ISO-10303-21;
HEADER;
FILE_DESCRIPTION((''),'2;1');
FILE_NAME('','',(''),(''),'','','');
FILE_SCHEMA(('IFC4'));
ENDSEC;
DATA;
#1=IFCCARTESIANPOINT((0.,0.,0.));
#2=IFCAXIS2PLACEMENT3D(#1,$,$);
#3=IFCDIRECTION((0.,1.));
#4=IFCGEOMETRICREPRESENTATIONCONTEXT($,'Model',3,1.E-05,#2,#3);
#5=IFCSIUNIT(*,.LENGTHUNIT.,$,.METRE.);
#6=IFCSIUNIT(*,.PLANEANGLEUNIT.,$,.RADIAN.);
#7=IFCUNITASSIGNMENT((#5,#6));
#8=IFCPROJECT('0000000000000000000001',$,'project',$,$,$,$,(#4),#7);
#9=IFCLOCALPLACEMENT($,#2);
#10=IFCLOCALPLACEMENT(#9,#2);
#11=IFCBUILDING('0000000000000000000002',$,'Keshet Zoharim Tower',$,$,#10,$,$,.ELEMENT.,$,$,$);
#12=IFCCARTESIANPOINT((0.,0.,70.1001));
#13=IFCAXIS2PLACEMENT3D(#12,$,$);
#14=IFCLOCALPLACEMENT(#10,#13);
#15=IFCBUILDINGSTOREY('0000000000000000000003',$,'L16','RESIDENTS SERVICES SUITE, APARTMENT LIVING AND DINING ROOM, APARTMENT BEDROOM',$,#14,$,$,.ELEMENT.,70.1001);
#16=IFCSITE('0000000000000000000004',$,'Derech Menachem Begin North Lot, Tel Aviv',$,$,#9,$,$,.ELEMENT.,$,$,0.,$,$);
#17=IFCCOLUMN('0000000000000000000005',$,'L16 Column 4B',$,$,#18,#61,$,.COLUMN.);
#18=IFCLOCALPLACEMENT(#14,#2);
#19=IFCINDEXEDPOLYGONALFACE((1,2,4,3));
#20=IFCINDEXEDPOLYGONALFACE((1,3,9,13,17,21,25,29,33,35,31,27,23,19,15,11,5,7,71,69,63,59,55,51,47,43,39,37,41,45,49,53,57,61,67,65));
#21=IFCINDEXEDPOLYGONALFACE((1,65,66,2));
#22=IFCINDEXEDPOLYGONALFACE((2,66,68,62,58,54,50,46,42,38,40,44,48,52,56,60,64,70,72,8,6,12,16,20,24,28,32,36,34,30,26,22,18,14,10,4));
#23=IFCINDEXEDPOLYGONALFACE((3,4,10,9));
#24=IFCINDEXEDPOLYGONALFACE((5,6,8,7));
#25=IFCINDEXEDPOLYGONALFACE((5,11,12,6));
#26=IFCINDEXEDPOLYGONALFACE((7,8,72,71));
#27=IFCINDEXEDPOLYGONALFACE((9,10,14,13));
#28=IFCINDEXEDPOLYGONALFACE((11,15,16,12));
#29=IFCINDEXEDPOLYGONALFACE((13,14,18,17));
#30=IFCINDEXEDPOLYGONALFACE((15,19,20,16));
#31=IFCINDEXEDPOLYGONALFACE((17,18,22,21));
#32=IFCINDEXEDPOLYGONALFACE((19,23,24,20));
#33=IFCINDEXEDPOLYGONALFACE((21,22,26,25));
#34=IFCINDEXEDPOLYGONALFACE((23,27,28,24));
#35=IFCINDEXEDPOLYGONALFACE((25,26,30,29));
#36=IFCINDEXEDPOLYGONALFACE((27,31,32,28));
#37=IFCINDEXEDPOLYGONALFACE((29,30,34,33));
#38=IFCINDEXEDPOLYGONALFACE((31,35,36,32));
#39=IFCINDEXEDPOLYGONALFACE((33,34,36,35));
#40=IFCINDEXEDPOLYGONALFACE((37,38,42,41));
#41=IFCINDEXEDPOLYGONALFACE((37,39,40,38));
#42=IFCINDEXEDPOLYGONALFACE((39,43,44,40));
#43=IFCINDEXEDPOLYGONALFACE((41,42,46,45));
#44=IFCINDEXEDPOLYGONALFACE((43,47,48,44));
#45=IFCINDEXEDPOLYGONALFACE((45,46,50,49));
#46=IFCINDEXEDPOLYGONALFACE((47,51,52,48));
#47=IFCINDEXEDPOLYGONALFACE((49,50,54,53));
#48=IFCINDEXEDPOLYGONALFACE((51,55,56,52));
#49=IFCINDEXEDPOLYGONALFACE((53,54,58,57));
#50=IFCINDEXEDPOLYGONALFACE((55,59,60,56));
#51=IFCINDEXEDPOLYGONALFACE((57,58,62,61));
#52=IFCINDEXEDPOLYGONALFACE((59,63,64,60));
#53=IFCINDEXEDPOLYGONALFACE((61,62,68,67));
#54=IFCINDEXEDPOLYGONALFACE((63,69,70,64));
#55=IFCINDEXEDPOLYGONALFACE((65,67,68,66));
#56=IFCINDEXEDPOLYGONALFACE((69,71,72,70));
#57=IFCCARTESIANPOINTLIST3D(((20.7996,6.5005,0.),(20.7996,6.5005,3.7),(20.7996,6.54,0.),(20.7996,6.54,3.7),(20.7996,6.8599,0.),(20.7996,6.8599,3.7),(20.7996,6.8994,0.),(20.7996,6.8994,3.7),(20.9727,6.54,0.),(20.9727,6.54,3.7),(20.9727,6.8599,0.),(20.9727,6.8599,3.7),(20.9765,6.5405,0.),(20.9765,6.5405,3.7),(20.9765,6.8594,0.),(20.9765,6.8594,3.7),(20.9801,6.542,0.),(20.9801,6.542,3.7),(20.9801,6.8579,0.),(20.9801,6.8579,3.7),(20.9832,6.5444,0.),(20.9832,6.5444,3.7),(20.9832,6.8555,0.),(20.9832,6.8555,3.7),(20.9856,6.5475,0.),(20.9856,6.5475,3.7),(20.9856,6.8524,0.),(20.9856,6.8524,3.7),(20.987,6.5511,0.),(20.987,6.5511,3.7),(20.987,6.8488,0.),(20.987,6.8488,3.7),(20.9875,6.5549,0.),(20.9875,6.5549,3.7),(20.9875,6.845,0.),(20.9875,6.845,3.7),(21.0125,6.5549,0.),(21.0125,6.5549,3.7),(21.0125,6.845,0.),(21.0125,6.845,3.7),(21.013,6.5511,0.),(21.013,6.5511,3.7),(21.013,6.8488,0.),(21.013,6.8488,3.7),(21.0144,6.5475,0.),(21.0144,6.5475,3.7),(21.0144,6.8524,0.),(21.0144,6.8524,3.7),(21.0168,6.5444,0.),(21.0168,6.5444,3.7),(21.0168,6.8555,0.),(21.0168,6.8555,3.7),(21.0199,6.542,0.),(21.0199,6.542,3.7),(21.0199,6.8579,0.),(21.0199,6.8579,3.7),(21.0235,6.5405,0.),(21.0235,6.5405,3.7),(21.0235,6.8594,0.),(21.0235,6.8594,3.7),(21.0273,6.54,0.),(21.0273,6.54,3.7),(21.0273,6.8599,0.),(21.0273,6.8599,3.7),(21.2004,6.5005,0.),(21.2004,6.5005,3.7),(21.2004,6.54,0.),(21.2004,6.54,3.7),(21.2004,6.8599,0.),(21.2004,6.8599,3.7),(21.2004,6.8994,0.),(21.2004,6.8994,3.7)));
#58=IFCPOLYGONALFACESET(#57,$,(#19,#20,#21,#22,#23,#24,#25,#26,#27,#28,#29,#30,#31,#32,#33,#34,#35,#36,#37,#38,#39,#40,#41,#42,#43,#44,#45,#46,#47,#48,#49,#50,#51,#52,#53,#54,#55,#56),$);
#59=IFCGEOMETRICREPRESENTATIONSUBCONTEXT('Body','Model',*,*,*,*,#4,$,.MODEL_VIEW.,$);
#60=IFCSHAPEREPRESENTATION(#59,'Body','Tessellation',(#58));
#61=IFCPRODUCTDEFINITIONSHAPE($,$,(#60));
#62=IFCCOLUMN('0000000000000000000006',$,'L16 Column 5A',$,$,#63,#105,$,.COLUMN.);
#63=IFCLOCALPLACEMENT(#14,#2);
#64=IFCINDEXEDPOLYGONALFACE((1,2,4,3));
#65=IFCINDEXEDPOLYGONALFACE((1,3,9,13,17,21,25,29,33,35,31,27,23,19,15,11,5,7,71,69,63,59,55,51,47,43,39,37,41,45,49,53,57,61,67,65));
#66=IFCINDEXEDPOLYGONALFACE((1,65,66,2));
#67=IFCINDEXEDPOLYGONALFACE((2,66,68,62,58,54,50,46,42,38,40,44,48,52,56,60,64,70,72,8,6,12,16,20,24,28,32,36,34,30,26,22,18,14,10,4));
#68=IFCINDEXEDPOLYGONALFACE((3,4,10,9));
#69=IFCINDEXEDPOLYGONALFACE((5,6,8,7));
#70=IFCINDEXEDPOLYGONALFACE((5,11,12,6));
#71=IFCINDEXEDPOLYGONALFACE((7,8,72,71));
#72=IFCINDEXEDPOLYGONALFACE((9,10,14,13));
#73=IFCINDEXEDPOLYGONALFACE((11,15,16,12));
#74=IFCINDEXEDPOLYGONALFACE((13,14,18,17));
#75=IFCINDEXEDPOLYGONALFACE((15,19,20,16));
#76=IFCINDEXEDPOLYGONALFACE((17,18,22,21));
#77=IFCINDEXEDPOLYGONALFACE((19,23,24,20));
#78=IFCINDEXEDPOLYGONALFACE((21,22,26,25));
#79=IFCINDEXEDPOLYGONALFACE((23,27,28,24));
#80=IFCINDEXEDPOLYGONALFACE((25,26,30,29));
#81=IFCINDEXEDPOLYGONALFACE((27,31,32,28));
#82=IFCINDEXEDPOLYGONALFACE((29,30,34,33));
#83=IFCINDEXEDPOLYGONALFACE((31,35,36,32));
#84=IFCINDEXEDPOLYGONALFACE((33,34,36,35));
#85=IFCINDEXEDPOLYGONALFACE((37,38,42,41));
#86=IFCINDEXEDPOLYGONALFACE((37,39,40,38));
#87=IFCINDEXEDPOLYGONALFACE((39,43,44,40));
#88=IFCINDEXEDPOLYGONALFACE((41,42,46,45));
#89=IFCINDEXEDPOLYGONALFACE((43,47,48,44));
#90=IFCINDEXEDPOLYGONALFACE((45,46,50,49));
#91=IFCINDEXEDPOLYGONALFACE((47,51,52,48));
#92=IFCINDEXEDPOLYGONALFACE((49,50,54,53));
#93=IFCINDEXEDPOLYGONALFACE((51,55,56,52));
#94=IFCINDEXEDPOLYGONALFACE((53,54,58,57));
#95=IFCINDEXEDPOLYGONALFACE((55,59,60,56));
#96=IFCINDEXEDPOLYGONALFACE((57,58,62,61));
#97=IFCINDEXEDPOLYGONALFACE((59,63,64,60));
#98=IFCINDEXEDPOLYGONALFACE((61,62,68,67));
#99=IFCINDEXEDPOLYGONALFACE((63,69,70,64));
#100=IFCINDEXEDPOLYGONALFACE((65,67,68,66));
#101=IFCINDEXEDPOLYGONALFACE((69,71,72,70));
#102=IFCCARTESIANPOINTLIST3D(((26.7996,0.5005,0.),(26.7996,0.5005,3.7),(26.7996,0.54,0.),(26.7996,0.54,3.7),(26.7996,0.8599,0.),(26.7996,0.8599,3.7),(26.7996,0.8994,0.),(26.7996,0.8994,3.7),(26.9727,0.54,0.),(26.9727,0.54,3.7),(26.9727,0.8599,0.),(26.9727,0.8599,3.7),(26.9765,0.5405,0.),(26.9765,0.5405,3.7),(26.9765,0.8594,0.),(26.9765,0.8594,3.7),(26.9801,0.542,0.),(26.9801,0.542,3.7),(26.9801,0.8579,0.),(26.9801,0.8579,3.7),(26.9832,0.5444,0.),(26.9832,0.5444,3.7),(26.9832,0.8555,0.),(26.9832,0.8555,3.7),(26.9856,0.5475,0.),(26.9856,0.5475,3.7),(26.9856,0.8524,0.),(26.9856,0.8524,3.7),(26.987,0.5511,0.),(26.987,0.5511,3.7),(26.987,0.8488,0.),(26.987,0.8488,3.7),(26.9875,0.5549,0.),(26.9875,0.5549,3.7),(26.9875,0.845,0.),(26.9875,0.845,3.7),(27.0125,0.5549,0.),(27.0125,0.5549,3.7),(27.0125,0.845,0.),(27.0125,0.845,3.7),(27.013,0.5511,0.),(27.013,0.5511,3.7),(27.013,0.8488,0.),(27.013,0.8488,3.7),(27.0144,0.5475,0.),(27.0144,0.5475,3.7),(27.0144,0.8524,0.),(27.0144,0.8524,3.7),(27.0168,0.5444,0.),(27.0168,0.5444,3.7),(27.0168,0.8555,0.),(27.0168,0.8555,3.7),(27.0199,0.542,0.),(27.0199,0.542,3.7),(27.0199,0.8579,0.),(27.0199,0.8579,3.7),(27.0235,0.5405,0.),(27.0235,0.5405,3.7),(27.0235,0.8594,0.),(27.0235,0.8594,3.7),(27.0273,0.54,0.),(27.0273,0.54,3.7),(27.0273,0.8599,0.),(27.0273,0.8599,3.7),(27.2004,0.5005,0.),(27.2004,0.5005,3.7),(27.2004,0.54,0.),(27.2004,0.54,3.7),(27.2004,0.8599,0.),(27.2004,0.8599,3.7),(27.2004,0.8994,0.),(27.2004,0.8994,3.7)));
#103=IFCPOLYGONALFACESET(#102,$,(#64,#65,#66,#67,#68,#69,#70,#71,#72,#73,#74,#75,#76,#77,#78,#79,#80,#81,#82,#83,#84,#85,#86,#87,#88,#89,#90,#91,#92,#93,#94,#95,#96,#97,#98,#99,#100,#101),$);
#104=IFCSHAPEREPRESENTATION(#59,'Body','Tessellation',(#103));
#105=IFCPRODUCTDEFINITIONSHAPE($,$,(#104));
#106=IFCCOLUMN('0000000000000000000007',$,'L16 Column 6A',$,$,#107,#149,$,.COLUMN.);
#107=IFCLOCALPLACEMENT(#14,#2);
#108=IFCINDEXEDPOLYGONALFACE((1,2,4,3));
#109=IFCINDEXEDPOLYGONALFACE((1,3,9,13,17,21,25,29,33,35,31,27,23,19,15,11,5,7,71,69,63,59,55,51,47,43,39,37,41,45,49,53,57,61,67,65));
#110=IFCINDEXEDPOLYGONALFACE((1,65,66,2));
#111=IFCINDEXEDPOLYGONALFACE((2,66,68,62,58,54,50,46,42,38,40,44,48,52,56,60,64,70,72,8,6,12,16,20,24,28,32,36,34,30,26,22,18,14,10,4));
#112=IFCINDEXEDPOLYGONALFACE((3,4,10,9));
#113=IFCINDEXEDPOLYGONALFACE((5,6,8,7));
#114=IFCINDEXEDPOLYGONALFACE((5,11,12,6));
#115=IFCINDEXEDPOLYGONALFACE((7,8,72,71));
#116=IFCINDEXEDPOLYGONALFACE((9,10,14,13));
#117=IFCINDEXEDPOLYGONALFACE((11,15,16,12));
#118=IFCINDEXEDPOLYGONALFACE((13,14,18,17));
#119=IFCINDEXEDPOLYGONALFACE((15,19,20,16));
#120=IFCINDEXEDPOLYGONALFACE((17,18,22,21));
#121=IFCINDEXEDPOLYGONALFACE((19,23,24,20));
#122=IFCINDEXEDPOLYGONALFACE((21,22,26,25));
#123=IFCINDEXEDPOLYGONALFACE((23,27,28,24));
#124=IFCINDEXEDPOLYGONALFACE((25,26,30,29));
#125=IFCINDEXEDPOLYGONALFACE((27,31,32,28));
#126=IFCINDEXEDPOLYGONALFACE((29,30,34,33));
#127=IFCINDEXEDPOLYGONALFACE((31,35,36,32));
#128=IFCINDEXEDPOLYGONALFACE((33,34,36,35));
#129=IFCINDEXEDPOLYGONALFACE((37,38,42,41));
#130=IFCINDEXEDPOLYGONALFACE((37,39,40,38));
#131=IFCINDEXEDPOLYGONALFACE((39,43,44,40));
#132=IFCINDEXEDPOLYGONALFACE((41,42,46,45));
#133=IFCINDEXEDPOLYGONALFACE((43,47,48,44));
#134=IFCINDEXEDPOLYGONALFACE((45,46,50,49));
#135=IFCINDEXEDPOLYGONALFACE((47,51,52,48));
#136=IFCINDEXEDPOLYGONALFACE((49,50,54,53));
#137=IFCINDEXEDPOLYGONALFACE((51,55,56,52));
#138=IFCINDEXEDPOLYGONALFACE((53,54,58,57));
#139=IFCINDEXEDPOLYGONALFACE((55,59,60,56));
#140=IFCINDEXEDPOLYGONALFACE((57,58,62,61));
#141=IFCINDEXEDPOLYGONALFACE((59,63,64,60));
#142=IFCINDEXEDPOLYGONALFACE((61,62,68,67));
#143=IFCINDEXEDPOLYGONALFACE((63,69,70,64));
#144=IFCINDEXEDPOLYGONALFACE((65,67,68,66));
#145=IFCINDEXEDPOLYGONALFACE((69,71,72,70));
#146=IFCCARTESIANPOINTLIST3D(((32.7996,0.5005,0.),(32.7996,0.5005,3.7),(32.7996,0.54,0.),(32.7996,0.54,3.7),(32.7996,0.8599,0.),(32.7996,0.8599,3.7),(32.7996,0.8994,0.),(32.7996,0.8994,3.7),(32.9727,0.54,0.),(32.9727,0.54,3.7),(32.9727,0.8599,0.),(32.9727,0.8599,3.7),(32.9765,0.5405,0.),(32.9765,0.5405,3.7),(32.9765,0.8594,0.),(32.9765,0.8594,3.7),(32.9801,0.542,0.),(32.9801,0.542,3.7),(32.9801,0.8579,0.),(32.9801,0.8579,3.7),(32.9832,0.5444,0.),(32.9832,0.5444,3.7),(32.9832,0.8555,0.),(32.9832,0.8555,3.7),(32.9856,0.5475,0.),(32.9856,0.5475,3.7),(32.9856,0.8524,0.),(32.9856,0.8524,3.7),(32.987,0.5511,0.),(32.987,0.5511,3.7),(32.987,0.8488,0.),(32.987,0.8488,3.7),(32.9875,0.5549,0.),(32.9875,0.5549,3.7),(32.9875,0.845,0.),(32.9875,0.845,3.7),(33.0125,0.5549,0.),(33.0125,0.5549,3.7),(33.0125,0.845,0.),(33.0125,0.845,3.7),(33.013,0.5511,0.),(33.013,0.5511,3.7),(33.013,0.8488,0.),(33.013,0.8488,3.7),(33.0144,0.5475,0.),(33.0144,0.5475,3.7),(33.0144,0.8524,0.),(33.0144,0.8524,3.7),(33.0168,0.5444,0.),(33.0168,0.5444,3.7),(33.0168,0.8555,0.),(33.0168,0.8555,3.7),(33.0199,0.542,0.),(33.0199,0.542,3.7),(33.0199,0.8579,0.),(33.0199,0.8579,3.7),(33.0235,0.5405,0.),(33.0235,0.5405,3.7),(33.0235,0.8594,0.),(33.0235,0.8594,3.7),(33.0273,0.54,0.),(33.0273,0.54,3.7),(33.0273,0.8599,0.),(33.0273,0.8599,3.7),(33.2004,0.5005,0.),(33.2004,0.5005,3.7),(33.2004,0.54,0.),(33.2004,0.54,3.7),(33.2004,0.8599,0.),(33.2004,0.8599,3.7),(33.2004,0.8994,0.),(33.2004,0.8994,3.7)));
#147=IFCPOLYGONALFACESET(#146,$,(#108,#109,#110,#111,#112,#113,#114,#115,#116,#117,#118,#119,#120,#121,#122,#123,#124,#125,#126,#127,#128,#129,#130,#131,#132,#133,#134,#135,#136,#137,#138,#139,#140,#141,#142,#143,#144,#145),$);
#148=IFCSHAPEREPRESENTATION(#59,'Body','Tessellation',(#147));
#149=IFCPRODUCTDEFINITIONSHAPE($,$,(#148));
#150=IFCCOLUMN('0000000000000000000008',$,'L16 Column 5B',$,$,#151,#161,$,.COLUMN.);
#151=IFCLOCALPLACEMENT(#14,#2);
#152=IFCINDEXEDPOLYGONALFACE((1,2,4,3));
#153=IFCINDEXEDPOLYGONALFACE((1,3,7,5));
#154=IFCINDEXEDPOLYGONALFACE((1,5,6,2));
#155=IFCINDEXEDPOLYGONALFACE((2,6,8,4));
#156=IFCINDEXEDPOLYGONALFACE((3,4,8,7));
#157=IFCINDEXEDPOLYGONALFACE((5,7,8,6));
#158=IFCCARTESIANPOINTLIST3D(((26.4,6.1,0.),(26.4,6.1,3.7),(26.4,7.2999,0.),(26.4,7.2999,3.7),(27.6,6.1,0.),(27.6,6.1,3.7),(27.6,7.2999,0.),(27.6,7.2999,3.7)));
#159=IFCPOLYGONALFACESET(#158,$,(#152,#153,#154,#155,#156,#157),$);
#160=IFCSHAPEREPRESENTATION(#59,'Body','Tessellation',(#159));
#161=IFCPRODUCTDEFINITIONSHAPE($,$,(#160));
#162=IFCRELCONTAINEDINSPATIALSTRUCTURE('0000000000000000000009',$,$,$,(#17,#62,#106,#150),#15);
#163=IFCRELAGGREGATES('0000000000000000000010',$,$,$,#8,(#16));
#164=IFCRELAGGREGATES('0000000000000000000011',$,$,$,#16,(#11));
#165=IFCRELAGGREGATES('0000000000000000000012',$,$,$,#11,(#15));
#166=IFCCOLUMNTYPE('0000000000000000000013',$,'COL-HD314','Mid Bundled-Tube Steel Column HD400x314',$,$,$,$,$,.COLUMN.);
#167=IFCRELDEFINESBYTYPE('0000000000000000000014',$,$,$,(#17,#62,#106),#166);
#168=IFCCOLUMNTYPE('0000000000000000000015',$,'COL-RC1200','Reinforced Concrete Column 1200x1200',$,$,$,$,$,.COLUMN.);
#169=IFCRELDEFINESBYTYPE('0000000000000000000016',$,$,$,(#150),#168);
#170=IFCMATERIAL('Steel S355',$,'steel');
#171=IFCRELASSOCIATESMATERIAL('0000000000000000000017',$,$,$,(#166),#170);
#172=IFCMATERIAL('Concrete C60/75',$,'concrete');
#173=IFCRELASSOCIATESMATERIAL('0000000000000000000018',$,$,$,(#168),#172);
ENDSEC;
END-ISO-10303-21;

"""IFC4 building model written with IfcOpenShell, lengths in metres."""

from ifc_helpers import new_model, si_unit, direction, frame, origin, origin_2d, place, context, subcontext, project, spatial, rectangle, i_section, extrude, material, material_profile, profile_set, type_object, element, save


model = new_model("IFC4")

# Units and contexts
model_context = context("Model", 3, precision=1e-05, world=origin(), true_north=direction((0.0, 1.0)))
body_context = subcontext(model_context, "Body", "Model", "MODEL_VIEW")
ifc_project = project(units=[si_unit("LENGTHUNIT", "METRE"), si_unit("PLANEANGLEUNIT", "RADIAN")], contexts=[model_context])

# Site, building, storey
site_placement = place(None, origin())
site = spatial("IfcSite", under=ifc_project, at=site_placement, Name="Derech Menachem Begin North Lot, Tel Aviv", CompositionType="ELEMENT", RefElevation=0.0)
building_placement = place(site_placement, origin())
building = spatial("IfcBuilding", under=site, at=building_placement, Name="Keshet Zoharim Tower", CompositionType="ELEMENT")
storey_placement = place(building_placement, frame((0.0, 0.0, 70.1001)))
storey = spatial("IfcBuildingStorey", under=building, at=storey_placement, Name="L16", Description="RESIDENTS SERVICES SUITE, APARTMENT LIVING AND DINING ROOM, APARTMENT BEDROOM", CompositionType="ELEMENT", Elevation=70.1001)

# Columns
ifc_material_1 = material(Name="Steel S355", Category="steel")
ifc_material_profile_1 = material_profile(ifc_material_1, i_section(OverallWidth=0.4009, OverallDepth=0.3989, WebThickness=0.0249, FlangeThickness=0.0396, FilletRadius=0.0149, at=origin_2d()), Name="HD400x314")
ifc_profile_set_1 = profile_set([ifc_material_profile_1], Name="Steel S355")
column_type_1 = type_object("IfcColumnType", Name="COL-HD314", Description="Mid Bundled-Tube Steel Column HD400x314", PredefinedType="COLUMN", material=ifc_profile_set_1)
for number, where, z_axis, x_axis, name in (
    (1, (21.0, 6.7, 0.0), (0.0, 0.0, 1.0), (1.0, 0.0, 0.0), "L16 Column 4B"),
    (2, (27.0, 0.7, 0.0), (0.0, 0.0, 1.0), (1.0, 0.0, 0.0), "L16 Column 5A"),
    (3, (33.0, 0.7, 0.0), (0.0, 0.0, 1.0), (1.0, 0.0, 0.0), "L16 Column 6A"),
):
    element("IfcColumn", number, at=place(storey_placement, frame(where, z_axis=z_axis, x_axis=x_axis)), inside=storey, type_object=column_type_1, Name=name, PredefinedType="COLUMN", context=body_context, shape_type="SweptSolid", body=[
        extrude(i_section(OverallWidth=0.4009, OverallDepth=0.3989, WebThickness=0.0249, FlangeThickness=0.0396, FilletRadius=0.0149, at=origin_2d()), origin(), (0.0, 0.0, 1.0), 3.7),
    ])
ifc_material_2 = material(Name="Concrete C60/75", Category="concrete")
ifc_material_profile_2 = material_profile(ifc_material_2, rectangle(XDim=1.2, YDim=1.2, at=origin_2d()), Name="RC1200x1200")
ifc_profile_set_2 = profile_set([ifc_material_profile_2], Name="Concrete C60/75")
column_type_2 = type_object("IfcColumnType", Name="COL-RC1200", Description="Reinforced Concrete Column 1200x1200", PredefinedType="COLUMN", material=ifc_profile_set_2)
column_placement = place(storey_placement, frame((27.0, 6.7, 0.0), z_axis=(0.0, 0.0, 1.0), x_axis=(1.0, 0.0, 0.0)))
element("IfcColumn", 4, at=column_placement, inside=storey, type_object=column_type_2, Name="L16 Column 5B", PredefinedType="COLUMN", context=body_context, shape_type="SweptSolid", body=[
    extrude(rectangle(XDim=1.2, YDim=1.2, at=origin_2d()), origin(), (0.0, 0.0, 1.0), 3.7),
])

save(model, "model.ifc")
